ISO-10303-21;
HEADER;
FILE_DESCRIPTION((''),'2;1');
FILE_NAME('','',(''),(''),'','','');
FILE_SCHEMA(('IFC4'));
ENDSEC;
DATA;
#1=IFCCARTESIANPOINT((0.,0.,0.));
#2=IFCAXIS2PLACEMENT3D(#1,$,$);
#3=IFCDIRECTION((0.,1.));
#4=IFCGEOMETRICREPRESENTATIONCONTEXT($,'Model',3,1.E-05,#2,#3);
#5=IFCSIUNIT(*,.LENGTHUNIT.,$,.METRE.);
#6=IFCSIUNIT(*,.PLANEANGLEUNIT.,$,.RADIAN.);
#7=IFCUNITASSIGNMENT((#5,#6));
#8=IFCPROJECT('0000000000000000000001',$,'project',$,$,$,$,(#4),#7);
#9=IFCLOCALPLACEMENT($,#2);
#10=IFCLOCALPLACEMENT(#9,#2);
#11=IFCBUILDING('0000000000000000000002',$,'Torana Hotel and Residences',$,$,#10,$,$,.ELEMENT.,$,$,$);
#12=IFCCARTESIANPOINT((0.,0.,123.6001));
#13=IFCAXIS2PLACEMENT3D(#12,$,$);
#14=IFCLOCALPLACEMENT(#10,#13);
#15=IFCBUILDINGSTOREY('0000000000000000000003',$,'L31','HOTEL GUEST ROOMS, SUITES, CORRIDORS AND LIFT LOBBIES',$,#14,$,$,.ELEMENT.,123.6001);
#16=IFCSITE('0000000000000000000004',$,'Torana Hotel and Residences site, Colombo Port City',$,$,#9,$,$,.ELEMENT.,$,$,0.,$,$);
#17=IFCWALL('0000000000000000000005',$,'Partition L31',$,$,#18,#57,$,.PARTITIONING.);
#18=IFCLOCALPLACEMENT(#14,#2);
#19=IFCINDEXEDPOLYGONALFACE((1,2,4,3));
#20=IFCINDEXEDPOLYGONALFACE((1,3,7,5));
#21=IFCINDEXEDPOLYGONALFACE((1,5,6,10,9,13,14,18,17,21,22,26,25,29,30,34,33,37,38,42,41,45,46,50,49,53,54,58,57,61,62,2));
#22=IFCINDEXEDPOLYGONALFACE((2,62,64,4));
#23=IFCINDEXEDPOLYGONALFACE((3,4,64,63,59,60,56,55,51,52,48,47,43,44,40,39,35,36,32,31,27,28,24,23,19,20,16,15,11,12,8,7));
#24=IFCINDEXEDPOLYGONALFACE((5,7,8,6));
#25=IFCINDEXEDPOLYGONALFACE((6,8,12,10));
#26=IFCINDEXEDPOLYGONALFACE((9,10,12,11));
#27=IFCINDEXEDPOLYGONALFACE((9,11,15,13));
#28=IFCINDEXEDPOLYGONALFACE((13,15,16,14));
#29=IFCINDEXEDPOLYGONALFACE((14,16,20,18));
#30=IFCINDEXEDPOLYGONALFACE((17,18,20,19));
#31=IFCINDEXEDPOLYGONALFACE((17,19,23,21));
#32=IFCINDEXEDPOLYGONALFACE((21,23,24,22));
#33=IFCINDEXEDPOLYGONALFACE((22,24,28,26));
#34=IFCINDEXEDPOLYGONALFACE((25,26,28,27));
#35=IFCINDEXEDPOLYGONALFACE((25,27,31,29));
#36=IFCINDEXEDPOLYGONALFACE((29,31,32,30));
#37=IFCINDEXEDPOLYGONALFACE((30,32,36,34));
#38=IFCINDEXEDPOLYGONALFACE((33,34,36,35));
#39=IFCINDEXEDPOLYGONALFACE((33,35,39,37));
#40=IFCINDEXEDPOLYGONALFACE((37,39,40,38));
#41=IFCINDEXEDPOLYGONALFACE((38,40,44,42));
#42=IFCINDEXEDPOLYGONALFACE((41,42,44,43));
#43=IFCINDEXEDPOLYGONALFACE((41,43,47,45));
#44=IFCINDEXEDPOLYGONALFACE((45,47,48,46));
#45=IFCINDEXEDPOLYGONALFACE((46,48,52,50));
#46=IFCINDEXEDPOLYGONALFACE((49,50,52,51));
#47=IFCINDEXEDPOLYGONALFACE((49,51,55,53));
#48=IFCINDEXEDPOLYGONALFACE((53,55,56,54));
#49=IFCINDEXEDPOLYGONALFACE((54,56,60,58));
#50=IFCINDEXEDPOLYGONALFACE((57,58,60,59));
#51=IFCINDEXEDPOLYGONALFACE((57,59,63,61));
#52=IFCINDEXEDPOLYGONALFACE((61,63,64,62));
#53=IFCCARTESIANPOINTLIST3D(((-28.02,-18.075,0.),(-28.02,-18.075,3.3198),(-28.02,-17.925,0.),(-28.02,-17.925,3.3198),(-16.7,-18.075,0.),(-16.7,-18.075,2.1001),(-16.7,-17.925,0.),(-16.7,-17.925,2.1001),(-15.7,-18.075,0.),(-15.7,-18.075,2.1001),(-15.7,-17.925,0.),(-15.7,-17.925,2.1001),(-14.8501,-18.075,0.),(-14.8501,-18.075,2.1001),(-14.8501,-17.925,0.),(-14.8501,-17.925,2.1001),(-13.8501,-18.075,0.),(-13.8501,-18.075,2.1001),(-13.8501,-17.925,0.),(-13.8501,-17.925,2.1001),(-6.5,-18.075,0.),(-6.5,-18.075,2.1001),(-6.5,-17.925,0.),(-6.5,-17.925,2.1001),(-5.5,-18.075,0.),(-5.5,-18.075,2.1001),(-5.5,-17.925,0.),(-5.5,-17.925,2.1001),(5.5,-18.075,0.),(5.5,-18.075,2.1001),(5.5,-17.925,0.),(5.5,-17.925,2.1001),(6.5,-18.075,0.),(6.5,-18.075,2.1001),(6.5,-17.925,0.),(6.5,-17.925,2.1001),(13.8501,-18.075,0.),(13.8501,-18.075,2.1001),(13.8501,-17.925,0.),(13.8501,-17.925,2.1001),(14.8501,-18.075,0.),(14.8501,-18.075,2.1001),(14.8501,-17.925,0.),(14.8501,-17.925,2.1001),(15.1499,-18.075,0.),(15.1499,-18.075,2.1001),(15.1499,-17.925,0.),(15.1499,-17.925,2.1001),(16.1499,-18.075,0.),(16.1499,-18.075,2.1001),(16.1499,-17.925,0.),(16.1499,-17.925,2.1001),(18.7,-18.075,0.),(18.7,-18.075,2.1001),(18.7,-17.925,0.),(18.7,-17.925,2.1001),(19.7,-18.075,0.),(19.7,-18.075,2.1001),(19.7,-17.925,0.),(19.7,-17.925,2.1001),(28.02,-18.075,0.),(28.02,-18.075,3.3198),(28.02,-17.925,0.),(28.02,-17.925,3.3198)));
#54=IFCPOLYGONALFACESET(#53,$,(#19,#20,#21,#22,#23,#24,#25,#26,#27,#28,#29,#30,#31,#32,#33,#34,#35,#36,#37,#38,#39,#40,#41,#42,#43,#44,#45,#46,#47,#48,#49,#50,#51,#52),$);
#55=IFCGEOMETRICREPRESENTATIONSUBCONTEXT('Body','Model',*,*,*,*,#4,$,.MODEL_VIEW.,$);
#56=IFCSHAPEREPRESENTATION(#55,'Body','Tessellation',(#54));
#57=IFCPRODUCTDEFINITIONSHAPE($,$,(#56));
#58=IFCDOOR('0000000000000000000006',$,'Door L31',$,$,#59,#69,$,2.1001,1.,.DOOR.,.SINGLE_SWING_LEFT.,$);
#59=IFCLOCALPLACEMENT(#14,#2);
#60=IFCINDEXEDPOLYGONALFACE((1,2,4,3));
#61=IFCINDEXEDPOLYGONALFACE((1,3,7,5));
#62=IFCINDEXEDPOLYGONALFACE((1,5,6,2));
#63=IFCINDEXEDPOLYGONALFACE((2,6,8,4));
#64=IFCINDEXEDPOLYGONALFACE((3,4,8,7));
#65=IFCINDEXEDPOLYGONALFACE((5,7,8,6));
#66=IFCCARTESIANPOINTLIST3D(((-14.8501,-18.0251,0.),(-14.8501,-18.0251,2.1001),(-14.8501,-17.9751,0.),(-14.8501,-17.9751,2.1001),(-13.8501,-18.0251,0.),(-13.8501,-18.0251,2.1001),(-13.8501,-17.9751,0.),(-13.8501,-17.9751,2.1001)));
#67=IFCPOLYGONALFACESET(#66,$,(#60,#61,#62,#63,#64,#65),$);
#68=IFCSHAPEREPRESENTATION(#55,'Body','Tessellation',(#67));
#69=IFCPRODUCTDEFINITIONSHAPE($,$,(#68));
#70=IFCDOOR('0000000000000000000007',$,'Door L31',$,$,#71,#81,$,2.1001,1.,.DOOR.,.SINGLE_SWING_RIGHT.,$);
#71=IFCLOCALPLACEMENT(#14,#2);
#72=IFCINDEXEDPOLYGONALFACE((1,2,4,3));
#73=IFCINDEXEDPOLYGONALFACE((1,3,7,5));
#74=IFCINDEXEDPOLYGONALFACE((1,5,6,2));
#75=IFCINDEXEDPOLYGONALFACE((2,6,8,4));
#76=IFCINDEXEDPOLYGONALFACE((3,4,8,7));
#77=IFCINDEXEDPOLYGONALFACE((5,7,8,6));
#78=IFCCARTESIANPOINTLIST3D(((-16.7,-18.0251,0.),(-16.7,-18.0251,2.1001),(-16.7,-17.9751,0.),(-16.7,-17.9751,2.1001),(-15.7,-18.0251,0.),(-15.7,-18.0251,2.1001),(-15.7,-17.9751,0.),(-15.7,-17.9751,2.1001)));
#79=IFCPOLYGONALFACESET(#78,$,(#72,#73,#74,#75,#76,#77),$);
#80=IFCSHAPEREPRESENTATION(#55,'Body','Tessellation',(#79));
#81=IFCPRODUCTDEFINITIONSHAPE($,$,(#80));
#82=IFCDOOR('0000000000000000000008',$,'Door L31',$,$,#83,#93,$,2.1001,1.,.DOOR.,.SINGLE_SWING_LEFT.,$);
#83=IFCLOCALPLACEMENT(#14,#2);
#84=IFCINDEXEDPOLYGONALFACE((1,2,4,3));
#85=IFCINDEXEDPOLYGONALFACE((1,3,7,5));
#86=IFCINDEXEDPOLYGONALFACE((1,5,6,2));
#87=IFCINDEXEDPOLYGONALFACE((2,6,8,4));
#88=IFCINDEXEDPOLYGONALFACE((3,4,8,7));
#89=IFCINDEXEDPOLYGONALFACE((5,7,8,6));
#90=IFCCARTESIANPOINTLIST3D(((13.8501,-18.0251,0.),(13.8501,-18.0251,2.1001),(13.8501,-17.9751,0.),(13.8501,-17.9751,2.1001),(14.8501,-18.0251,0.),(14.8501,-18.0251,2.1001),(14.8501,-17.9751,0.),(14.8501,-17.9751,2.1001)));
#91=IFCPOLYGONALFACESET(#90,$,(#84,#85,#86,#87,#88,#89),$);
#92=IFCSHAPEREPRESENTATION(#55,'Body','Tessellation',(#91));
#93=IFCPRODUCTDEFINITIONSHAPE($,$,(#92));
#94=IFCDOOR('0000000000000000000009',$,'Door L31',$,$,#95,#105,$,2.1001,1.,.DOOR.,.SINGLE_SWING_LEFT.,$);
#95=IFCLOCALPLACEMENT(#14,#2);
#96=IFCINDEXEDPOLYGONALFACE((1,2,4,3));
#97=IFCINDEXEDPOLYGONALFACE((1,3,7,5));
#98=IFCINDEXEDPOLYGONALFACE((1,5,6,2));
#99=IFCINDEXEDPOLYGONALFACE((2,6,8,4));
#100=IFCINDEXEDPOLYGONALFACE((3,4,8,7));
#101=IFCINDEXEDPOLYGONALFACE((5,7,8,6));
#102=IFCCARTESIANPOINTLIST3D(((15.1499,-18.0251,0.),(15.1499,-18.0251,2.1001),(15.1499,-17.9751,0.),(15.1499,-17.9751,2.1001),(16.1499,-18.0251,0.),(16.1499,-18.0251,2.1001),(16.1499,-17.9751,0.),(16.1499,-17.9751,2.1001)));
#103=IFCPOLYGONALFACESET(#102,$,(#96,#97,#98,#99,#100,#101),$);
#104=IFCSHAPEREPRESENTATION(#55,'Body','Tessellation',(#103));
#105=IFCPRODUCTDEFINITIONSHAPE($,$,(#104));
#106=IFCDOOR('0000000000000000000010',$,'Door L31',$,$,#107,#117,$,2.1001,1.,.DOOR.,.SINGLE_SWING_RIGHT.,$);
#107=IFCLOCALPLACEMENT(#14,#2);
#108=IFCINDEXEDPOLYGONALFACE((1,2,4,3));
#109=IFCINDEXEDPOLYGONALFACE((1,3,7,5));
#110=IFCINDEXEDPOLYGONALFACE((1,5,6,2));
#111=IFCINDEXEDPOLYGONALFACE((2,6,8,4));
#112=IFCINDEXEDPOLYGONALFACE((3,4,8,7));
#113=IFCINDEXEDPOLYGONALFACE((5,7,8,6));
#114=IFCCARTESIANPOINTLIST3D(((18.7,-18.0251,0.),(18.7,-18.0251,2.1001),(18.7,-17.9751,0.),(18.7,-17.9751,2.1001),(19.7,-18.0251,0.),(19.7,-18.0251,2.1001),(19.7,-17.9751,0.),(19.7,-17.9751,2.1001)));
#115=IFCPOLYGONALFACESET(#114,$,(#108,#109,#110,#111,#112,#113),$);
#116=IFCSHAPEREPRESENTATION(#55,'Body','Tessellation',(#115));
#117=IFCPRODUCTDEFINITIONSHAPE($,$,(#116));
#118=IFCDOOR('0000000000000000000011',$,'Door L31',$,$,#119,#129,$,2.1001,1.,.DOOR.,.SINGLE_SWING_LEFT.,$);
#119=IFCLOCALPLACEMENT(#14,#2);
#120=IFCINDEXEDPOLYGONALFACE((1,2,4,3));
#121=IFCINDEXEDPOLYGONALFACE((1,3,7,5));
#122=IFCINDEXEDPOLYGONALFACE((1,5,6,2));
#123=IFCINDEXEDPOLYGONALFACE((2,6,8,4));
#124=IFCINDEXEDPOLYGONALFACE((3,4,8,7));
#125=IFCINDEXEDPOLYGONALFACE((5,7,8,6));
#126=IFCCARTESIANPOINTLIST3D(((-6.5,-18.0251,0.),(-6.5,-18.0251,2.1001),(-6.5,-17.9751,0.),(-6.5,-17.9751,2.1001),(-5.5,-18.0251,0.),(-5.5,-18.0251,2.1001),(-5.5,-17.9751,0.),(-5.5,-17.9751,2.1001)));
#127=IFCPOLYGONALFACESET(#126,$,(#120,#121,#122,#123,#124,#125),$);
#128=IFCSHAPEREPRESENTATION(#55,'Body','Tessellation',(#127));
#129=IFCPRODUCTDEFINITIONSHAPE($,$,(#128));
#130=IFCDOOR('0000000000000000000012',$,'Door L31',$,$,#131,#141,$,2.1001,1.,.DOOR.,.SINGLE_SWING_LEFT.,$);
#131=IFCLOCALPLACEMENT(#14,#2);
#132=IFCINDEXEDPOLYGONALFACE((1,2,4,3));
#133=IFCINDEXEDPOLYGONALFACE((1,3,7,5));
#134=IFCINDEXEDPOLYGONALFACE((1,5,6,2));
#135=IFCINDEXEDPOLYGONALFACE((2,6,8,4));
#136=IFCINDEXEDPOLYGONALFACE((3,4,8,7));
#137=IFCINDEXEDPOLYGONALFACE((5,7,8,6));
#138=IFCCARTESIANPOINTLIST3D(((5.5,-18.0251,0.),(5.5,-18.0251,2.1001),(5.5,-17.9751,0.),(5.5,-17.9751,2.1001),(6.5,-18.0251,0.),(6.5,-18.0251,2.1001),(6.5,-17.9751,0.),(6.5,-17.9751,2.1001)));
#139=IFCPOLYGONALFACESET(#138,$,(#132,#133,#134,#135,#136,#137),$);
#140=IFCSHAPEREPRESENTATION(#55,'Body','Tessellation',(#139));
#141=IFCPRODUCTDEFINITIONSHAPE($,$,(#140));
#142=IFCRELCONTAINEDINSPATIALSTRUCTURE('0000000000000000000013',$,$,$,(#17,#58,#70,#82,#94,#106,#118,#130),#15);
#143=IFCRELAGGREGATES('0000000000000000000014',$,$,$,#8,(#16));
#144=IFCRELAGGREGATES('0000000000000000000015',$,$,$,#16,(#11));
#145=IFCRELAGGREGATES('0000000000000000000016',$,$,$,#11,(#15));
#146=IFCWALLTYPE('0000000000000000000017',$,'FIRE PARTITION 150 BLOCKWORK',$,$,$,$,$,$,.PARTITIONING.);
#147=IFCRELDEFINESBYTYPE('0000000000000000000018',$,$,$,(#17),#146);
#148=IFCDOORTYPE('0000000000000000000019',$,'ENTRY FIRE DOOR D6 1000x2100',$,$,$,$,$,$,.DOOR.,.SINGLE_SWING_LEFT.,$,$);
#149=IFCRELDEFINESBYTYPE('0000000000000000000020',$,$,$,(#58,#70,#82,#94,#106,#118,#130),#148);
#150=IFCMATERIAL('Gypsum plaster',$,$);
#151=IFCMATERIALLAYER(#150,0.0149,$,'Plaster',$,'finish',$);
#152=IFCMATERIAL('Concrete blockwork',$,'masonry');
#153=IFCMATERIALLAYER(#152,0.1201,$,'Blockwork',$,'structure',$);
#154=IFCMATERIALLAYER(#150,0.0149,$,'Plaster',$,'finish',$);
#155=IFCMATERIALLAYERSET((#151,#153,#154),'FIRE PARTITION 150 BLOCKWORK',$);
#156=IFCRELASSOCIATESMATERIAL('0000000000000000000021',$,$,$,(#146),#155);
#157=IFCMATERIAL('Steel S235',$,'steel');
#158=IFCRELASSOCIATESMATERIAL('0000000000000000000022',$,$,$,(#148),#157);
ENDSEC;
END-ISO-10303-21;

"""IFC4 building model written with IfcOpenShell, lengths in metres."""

from ifc_helpers import new_model, si_unit, direction, frame, frame_2d, origin, place, context, subcontext, project, spatial, rectangle, extrude, material, layer, layer_set, type_object, element, fill, save


model = new_model("IFC4")

# Units and contexts
model_context = context("Model", 3, precision=1e-05, world=origin(), true_north=direction((0.0, 1.0)))
body_context = subcontext(model_context, "Body", "Model", "MODEL_VIEW")
ifc_project = project(units=[si_unit("LENGTHUNIT", "METRE"), si_unit("PLANEANGLEUNIT", "RADIAN")], contexts=[model_context])

# Site, building, storey
site_placement = place(None, origin())
site = spatial("IfcSite", under=ifc_project, at=site_placement, Name="Torana Hotel and Residences site, Colombo Port City", CompositionType="ELEMENT", RefElevation=0.0)
building_placement = place(site_placement, origin())
building = spatial("IfcBuilding", under=site, at=building_placement, Name="Torana Hotel and Residences", CompositionType="ELEMENT")
storey_placement = place(building_placement, frame((0.0, 0.0, 123.6001)))
storey = spatial("IfcBuildingStorey", under=building, at=storey_placement, Name="L31", Description="HOTEL GUEST ROOMS, SUITES, CORRIDORS AND LIFT LOBBIES", CompositionType="ELEMENT", Elevation=123.6001)

# Wall, openings, doors
ifc_material_1 = material(Name="Gypsum plaster")
ifc_layer_1 = layer(ifc_material_1, 0.0149, Name="Plaster", Category="finish")
ifc_material_2 = material(Name="Concrete blockwork", Category="masonry")
ifc_layer_2 = layer(ifc_material_2, 0.1201, Name="Blockwork", Category="structure")
ifc_layer_3 = layer(ifc_material_1, 0.0149, Name="Plaster", Category="finish")
ifc_layer_set_1 = layer_set([ifc_layer_1, ifc_layer_2, ifc_layer_3], Name="FIRE PARTITION 150 BLOCKWORK")
wall_type_1 = type_object("IfcWallType", Name="FIRE PARTITION 150 BLOCKWORK", PredefinedType="PARTITIONING", material=ifc_layer_set_1)
wall_1_placement = place(storey_placement, frame((-28.02, -18.0, 0.0), z_axis=(0.0, 0.0, 1.0), x_axis=(1.0, 0.0, 0.0)))
wall_1 = element("IfcWall", 1, at=wall_1_placement, inside=storey, type_object=wall_type_1, Name="Partition L31", PredefinedType="PARTITIONING", context=body_context, shape_type="SweptSolid", body=[
    extrude(rectangle(XDim=56.04, YDim=0.1499, at=frame_2d((28.02, 0.0))), origin(), (0.0, 0.0, 1.0), 3.3198),
])
opening_1_placement = place(wall_1_placement, frame((13.1699, 0.0, 0.0)))
opening_1 = element("IfcOpeningElement", 2, at=opening_1_placement, cuts=wall_1, PredefinedType="OPENING", context=body_context, shape_type="SweptSolid", body=[
    extrude(rectangle(XDim=1.0, YDim=2.1001, at=frame_2d((0.5, 1.05))), frame((0.0, 0.085, 0.0), z_axis=(0.0, -1.0, 0.0), x_axis=(1.0, 0.0, 0.0)), (0.0, 0.0, 1.0), 0.1699),
])
opening_2_placement = place(wall_1_placement, frame((11.3201, 0.0, 0.0)))
opening_2 = element("IfcOpeningElement", 3, at=opening_2_placement, cuts=wall_1, PredefinedType="OPENING", context=body_context, shape_type="SweptSolid", body=[
    extrude(rectangle(XDim=1.0, YDim=2.1001, at=frame_2d((0.5, 1.05))), frame((0.0, 0.085, 0.0), z_axis=(0.0, -1.0, 0.0), x_axis=(1.0, 0.0, 0.0)), (0.0, 0.0, 1.0), 0.1699),
])
opening_3_placement = place(wall_1_placement, frame((41.8701, 0.0, 0.0)))
opening_3 = element("IfcOpeningElement", 4, at=opening_3_placement, cuts=wall_1, PredefinedType="OPENING", context=body_context, shape_type="SweptSolid", body=[
    extrude(rectangle(XDim=1.0, YDim=2.1001, at=frame_2d((0.5, 1.05))), frame((0.0, 0.085, 0.0), z_axis=(0.0, -1.0, 0.0), x_axis=(1.0, 0.0, 0.0)), (0.0, 0.0, 1.0), 0.1699),
])
opening_4_placement = place(wall_1_placement, frame((43.1699, 0.0, 0.0)))
opening_4 = element("IfcOpeningElement", 5, at=opening_4_placement, cuts=wall_1, PredefinedType="OPENING", context=body_context, shape_type="SweptSolid", body=[
    extrude(rectangle(XDim=1.0, YDim=2.1001, at=frame_2d((0.5, 1.05))), frame((0.0, 0.085, 0.0), z_axis=(0.0, -1.0, 0.0), x_axis=(1.0, 0.0, 0.0)), (0.0, 0.0, 1.0), 0.1699),
])
opening_5_placement = place(wall_1_placement, frame((46.72, 0.0, 0.0)))
opening_5 = element("IfcOpeningElement", 6, at=opening_5_placement, cuts=wall_1, PredefinedType="OPENING", context=body_context, shape_type="SweptSolid", body=[
    extrude(rectangle(XDim=1.0, YDim=2.1001, at=frame_2d((0.5, 1.05))), frame((0.0, 0.085, 0.0), z_axis=(0.0, -1.0, 0.0), x_axis=(1.0, 0.0, 0.0)), (0.0, 0.0, 1.0), 0.1699),
])
opening_6_placement = place(wall_1_placement, frame((21.52, 0.0, 0.0)))
opening_6 = element("IfcOpeningElement", 7, at=opening_6_placement, cuts=wall_1, PredefinedType="OPENING", context=body_context, shape_type="SweptSolid", body=[
    extrude(rectangle(XDim=1.0, YDim=2.1001, at=frame_2d((0.5, 1.05))), frame((0.0, 0.085, 0.0), z_axis=(0.0, -1.0, 0.0), x_axis=(1.0, 0.0, 0.0)), (0.0, 0.0, 1.0), 0.1699),
])
opening_7_placement = place(wall_1_placement, frame((33.52, 0.0, 0.0)))
opening_7 = element("IfcOpeningElement", 8, at=opening_7_placement, cuts=wall_1, PredefinedType="OPENING", context=body_context, shape_type="SweptSolid", body=[
    extrude(rectangle(XDim=1.0, YDim=2.1001, at=frame_2d((0.5, 1.05))), frame((0.0, 0.085, 0.0), z_axis=(0.0, -1.0, 0.0), x_axis=(1.0, 0.0, 0.0)), (0.0, 0.0, 1.0), 0.1699),
])
ifc_material_3 = material(Name="Steel S235", Category="steel")
door_type_1 = type_object("IfcDoorType", Name="ENTRY FIRE DOOR D6 1000x2100", OperationType="SINGLE_SWING_LEFT", PredefinedType="DOOR", material=ifc_material_3)
door_1_placement = place(opening_1_placement, frame((0.5, 0.0, 0.0), z_axis=(0.0, 0.0, 1.0), x_axis=(-1.0, 0.0, 0.0)))
door_1 = element("IfcDoor", 9, at=door_1_placement, inside=storey, type_object=door_type_1, Name="Door L31", OperationType="SINGLE_SWING_LEFT", OverallHeight=2.1001, OverallWidth=1.0, PredefinedType="DOOR", context=body_context, shape_type="SweptSolid", body=[
    extrude(rectangle(XDim=1.0, YDim=2.1001, at=frame_2d((0.0, 1.05))), frame((0.0, -0.0249, 0.0), z_axis=(0.0, 1.0, 0.0), x_axis=(-1.0, 0.0, 0.0)), (0.0, 0.0, 1.0), 0.05),
])
fill(opening_1, door_1)
door_2_placement = place(opening_2_placement, origin())
door_2 = element("IfcDoor", 10, at=door_2_placement, inside=storey, type_object=door_type_1, Name="Door L31", OperationType="SINGLE_SWING_RIGHT", OverallHeight=2.1001, OverallWidth=1.0, PredefinedType="DOOR", context=body_context, shape_type="SweptSolid", body=[
    extrude(rectangle(XDim=1.0, YDim=2.1001, at=frame_2d((0.5, 1.05))), frame((0.0, 0.0249, 0.0), z_axis=(0.0, -1.0, 0.0), x_axis=(1.0, 0.0, 0.0)), (0.0, 0.0, 1.0), 0.05),
])
fill(opening_2, door_2)
door_3_placement = place(opening_3_placement, frame((0.5, 0.0, 0.0), z_axis=(0.0, 0.0, 1.0), x_axis=(-1.0, 0.0, 0.0)))
door_3 = element("IfcDoor", 11, at=door_3_placement, inside=storey, type_object=door_type_1, Name="Door L31", OperationType="SINGLE_SWING_LEFT", OverallHeight=2.1001, OverallWidth=1.0, PredefinedType="DOOR", context=body_context, shape_type="SweptSolid", body=[
    extrude(rectangle(XDim=1.0, YDim=2.1001, at=frame_2d((0.0, 1.05))), frame((0.0, -0.0249, 0.0), z_axis=(0.0, 1.0, 0.0), x_axis=(-1.0, 0.0, 0.0)), (0.0, 0.0, 1.0), 0.05),
])
fill(opening_3, door_3)
door_4_placement = place(opening_4_placement, frame((0.5, 0.0, 0.0), z_axis=(0.0, 0.0, 1.0), x_axis=(-1.0, 0.0, 0.0)))
door_4 = element("IfcDoor", 12, at=door_4_placement, inside=storey, type_object=door_type_1, Name="Door L31", OperationType="SINGLE_SWING_LEFT", OverallHeight=2.1001, OverallWidth=1.0, PredefinedType="DOOR", context=body_context, shape_type="SweptSolid", body=[
    extrude(rectangle(XDim=1.0, YDim=2.1001, at=frame_2d((0.0, 1.05))), frame((0.0, -0.0249, 0.0), z_axis=(0.0, 1.0, 0.0), x_axis=(-1.0, 0.0, 0.0)), (0.0, 0.0, 1.0), 0.05),
])
fill(opening_4, door_4)
door_5_placement = place(opening_5_placement, origin())
door_5 = element("IfcDoor", 13, at=door_5_placement, inside=storey, type_object=door_type_1, Name="Door L31", OperationType="SINGLE_SWING_RIGHT", OverallHeight=2.1001, OverallWidth=1.0, PredefinedType="DOOR", context=body_context, shape_type="SweptSolid", body=[
    extrude(rectangle(XDim=1.0, YDim=2.1001, at=frame_2d((0.5, 1.05))), frame((0.0, 0.0249, 0.0), z_axis=(0.0, -1.0, 0.0), x_axis=(1.0, 0.0, 0.0)), (0.0, 0.0, 1.0), 0.05),
])
fill(opening_5, door_5)
door_6_placement = place(opening_6_placement, frame((0.5, 0.0, 0.0), z_axis=(0.0, 0.0, 1.0), x_axis=(-1.0, 0.0, 0.0)))
door_6 = element("IfcDoor", 14, at=door_6_placement, inside=storey, type_object=door_type_1, Name="Door L31", OperationType="SINGLE_SWING_LEFT", OverallHeight=2.1001, OverallWidth=1.0, PredefinedType="DOOR", context=body_context, shape_type="SweptSolid", body=[
    extrude(rectangle(XDim=1.0, YDim=2.1001, at=frame_2d((0.0, 1.05))), frame((0.0, -0.0249, 0.0), z_axis=(0.0, 1.0, 0.0), x_axis=(-1.0, 0.0, 0.0)), (0.0, 0.0, 1.0), 0.05),
])
fill(opening_6, door_6)
door_7_placement = place(opening_7_placement, frame((0.5, 0.0, 0.0), z_axis=(0.0, 0.0, 1.0), x_axis=(-1.0, 0.0, 0.0)))
door_7 = element("IfcDoor", 15, at=door_7_placement, inside=storey, type_object=door_type_1, Name="Door L31", OperationType="SINGLE_SWING_LEFT", OverallHeight=2.1001, OverallWidth=1.0, PredefinedType="DOOR", context=body_context, shape_type="SweptSolid", body=[
    extrude(rectangle(XDim=1.0, YDim=2.1001, at=frame_2d((0.0, 1.05))), frame((0.0, -0.0249, 0.0), z_axis=(0.0, 1.0, 0.0), x_axis=(-1.0, 0.0, 0.0)), (0.0, 0.0, 1.0), 0.05),
])
fill(opening_7, door_7)

save(model, "model.ifc")
